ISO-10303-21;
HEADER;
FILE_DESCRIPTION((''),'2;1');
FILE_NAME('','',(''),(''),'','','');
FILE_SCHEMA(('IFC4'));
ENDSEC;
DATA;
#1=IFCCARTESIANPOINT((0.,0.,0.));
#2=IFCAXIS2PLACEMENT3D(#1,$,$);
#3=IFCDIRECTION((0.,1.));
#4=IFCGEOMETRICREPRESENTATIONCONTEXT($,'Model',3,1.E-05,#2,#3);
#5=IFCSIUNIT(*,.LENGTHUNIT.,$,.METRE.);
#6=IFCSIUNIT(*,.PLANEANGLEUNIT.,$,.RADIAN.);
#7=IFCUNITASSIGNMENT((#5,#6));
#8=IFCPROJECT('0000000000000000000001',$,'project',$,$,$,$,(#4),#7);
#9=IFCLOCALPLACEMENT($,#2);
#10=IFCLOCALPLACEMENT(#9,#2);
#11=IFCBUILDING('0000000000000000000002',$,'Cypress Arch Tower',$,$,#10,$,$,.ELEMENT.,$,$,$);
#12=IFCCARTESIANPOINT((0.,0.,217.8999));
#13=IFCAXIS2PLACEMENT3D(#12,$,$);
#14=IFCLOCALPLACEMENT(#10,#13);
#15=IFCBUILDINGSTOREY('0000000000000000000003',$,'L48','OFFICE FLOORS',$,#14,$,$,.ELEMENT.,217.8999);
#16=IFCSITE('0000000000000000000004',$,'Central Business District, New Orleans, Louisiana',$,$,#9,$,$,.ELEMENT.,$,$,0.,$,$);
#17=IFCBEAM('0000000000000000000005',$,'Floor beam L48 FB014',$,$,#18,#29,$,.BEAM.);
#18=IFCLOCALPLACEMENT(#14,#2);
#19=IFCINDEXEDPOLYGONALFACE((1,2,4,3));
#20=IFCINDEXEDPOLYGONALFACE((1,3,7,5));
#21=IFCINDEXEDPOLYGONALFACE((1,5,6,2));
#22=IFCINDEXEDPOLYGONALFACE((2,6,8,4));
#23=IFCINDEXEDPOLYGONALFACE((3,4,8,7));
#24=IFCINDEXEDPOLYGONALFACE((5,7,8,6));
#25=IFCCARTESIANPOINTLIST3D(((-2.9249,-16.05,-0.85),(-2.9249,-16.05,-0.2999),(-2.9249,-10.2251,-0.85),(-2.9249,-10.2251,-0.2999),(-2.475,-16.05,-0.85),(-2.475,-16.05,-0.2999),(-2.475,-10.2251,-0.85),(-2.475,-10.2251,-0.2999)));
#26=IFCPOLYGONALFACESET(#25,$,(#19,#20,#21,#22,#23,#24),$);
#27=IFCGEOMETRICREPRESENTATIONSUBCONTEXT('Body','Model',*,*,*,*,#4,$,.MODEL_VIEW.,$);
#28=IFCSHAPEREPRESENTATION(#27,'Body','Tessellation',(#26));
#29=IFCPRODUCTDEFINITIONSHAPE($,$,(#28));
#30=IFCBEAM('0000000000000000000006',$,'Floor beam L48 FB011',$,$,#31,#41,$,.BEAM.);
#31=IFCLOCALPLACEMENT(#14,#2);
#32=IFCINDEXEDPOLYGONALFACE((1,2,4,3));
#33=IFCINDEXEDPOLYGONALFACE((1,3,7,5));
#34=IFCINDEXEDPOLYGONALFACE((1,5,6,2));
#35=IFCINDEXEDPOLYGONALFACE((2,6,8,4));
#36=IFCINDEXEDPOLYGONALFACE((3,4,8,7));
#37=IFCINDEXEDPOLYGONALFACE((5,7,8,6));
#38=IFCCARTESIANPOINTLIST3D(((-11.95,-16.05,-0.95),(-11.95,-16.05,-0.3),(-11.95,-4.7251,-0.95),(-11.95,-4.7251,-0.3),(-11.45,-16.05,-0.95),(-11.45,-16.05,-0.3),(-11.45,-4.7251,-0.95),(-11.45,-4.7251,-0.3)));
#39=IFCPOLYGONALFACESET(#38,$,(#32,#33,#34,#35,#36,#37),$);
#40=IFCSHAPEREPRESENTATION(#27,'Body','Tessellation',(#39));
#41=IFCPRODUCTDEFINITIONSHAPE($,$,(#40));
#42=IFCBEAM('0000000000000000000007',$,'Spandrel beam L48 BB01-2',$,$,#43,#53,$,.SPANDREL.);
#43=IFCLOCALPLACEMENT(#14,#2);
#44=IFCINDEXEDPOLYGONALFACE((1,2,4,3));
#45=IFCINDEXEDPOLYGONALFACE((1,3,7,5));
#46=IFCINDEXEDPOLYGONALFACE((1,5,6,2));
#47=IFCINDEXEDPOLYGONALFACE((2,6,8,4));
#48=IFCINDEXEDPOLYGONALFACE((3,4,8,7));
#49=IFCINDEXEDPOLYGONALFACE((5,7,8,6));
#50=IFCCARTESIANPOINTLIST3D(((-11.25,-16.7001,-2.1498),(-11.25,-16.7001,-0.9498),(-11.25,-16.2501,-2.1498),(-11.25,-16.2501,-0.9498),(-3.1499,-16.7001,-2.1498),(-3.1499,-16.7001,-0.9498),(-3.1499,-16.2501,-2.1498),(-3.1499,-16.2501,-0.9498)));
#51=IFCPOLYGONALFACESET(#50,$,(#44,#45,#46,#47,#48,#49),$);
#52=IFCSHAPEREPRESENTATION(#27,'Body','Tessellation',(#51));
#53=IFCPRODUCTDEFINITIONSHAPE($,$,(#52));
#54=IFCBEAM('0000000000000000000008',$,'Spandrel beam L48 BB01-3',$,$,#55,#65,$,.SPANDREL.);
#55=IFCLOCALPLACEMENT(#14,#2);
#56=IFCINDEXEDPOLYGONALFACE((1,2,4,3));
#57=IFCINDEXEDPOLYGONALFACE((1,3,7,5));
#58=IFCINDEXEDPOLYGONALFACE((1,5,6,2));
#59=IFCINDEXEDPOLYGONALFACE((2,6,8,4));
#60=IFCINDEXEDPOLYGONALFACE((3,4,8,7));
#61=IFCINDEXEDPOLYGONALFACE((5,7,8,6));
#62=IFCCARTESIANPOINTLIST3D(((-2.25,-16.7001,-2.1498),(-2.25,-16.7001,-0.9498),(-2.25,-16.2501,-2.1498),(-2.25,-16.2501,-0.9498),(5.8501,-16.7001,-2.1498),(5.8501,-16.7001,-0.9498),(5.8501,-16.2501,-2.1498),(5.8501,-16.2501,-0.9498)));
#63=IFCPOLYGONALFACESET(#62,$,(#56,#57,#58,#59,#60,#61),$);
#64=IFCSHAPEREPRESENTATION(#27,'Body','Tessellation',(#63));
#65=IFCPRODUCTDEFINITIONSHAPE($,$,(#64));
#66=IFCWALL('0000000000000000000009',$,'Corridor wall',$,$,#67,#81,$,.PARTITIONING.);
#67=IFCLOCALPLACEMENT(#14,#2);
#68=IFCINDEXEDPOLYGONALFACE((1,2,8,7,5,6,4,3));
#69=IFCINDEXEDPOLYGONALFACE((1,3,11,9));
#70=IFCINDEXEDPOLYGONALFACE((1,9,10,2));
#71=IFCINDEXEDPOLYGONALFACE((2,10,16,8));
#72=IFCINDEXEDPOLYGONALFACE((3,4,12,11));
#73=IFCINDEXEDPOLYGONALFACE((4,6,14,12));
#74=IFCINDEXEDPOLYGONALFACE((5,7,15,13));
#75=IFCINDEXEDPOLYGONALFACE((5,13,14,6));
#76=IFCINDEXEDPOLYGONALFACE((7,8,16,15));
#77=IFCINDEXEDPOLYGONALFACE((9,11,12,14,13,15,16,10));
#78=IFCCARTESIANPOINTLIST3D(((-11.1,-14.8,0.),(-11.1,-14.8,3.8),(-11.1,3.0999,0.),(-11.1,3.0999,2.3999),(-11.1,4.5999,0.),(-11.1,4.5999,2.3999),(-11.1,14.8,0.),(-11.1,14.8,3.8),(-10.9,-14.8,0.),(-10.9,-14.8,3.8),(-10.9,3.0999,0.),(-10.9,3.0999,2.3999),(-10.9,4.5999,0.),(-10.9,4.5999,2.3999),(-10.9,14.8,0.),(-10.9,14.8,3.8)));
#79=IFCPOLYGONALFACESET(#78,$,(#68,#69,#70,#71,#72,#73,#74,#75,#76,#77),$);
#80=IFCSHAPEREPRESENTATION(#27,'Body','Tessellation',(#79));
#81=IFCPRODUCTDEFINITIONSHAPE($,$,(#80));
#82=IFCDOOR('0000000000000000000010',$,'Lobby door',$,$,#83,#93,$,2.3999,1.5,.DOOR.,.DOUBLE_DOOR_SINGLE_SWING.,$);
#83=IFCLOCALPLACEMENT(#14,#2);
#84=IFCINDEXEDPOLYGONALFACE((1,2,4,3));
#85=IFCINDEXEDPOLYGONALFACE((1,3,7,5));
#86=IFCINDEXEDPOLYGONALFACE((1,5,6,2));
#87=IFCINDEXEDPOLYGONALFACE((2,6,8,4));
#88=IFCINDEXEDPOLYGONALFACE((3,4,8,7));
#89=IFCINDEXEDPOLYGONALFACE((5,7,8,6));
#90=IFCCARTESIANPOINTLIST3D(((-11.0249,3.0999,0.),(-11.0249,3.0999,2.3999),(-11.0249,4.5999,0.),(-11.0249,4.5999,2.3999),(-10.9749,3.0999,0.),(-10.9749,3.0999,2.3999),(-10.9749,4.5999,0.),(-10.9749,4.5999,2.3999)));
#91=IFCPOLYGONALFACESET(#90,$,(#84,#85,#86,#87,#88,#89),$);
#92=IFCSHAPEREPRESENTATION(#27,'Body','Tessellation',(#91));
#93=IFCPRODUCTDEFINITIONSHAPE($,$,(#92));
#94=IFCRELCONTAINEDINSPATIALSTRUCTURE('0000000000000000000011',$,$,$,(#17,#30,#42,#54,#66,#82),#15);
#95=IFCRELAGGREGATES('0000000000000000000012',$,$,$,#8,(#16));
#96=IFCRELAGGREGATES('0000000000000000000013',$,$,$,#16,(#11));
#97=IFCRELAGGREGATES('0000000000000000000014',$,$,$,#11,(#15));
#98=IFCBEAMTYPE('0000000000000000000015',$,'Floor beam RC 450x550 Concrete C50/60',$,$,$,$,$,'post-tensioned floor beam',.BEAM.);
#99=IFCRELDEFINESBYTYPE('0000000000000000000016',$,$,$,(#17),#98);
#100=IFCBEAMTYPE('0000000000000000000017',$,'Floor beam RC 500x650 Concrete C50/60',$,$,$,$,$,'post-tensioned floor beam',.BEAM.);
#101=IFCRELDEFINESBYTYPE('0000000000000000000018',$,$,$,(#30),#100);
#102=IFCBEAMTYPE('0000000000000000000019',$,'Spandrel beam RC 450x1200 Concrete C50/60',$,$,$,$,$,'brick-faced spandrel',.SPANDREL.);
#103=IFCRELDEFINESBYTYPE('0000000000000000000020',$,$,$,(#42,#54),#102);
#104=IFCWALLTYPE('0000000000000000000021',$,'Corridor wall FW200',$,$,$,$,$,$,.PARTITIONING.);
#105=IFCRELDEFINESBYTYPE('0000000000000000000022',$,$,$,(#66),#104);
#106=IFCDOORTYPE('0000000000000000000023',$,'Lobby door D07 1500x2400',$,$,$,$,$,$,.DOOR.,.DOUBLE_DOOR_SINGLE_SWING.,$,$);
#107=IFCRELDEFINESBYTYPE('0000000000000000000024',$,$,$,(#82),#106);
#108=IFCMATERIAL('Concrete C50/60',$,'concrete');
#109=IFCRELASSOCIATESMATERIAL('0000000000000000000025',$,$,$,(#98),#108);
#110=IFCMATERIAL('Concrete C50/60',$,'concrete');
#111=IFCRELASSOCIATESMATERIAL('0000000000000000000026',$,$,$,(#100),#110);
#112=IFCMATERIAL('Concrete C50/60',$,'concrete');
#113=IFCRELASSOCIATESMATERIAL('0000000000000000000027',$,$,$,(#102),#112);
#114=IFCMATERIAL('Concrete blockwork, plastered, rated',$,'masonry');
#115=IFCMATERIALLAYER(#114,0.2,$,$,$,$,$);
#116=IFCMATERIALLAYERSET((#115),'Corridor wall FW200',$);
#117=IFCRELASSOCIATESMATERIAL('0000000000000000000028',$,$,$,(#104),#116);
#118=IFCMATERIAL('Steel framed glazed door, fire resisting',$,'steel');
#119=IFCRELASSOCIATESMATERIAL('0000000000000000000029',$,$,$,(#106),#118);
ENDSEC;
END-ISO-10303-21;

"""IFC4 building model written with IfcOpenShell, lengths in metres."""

from ifc_helpers import new_model, si_unit, direction, frame, frame_2d, origin, origin_2d, place, context, subcontext, project, spatial, rectangle, extrude, material, layer, layer_set, material_profile, profile_set, type_object, element, fill, save


model = new_model("IFC4")

# Units and contexts
model_context = context("Model", 3, precision=1e-05, world=origin(), true_north=direction((0.0, 1.0)))
body_context = subcontext(model_context, "Body", "Model", "MODEL_VIEW")
ifc_project = project(units=[si_unit("LENGTHUNIT", "METRE"), si_unit("PLANEANGLEUNIT", "RADIAN")], contexts=[model_context])

# Site, building, storey
site_placement = place(None, origin())
site = spatial("IfcSite", under=ifc_project, at=site_placement, Name="Central Business District, New Orleans, Louisiana", CompositionType="ELEMENT", RefElevation=0.0)
building_placement = place(site_placement, origin())
building = spatial("IfcBuilding", under=site, at=building_placement, Name="Cypress Arch Tower", CompositionType="ELEMENT")
storey_placement = place(building_placement, frame((0.0, 0.0, 217.8999)))
storey = spatial("IfcBuildingStorey", under=building, at=storey_placement, Name="L48", Description="OFFICE FLOORS", CompositionType="ELEMENT", Elevation=217.8999)

# Beams
ifc_material_1 = material(Name="Concrete C50/60", Category="concrete")
ifc_material_profile_1 = material_profile(ifc_material_1, rectangle(XDim=0.45, YDim=0.55, at=origin_2d()), Name="RC 450x550")
ifc_profile_set_1 = profile_set([ifc_material_profile_1], Name="Concrete C50/60")
beam_type_1 = type_object("IfcBeamType", Name="Floor beam RC 450x550 Concrete C50/60", ElementType="post-tensioned floor beam", PredefinedType="BEAM", material=ifc_profile_set_1)
beam_1_placement = place(storey_placement, frame((-2.7, -16.05, -0.575), z_axis=(0.0, 1.0, 0.0), x_axis=(-1.0, 0.0, 0.0)))
element("IfcBeam", 1, at=beam_1_placement, inside=storey, type_object=beam_type_1, Name="Floor beam L48 FB014", PredefinedType="BEAM", context=body_context, shape_type="SweptSolid", body=[
    extrude(rectangle(XDim=0.45, YDim=0.55, at=origin_2d()), origin(), (0.0, 0.0, 1.0), 5.825),
])
ifc_material_2 = material(Name="Concrete C50/60", Category="concrete")
ifc_material_profile_2 = material_profile(ifc_material_2, rectangle(XDim=0.5, YDim=0.6499, at=origin_2d()), Name="RC 500x650")
ifc_profile_set_2 = profile_set([ifc_material_profile_2], Name="Concrete C50/60")
beam_type_2 = type_object("IfcBeamType", Name="Floor beam RC 500x650 Concrete C50/60", ElementType="post-tensioned floor beam", PredefinedType="BEAM", material=ifc_profile_set_2)
beam_2_placement = place(storey_placement, frame((-11.7, -16.05, -0.625), z_axis=(0.0, 1.0, 0.0), x_axis=(-1.0, 0.0, 0.0)))
element("IfcBeam", 2, at=beam_2_placement, inside=storey, type_object=beam_type_2, Name="Floor beam L48 FB011", PredefinedType="BEAM", context=body_context, shape_type="SweptSolid", body=[
    extrude(rectangle(XDim=0.5, YDim=0.6499, at=origin_2d()), origin(), (0.0, 0.0, 1.0), 11.325),
])
ifc_material_3 = material(Name="Concrete C50/60", Category="concrete")
ifc_material_profile_3 = material_profile(ifc_material_3, rectangle(XDim=0.45, YDim=1.2, at=origin_2d()), Name="RC 450x1200")
ifc_profile_set_3 = profile_set([ifc_material_profile_3], Name="Concrete C50/60")
beam_type_3 = type_object("IfcBeamType", Name="Spandrel beam RC 450x1200 Concrete C50/60", ElementType="brick-faced spandrel", PredefinedType="SPANDREL", material=ifc_profile_set_3)
for number, where, z_axis, x_axis, name in (
    (3, (-11.25, -16.4751, -1.5498), (1.0, 0.0, 0.0), (0.0, 1.0, 0.0), "Spandrel beam L48 BB01-2"),
    (4, (-2.25, -16.4751, -1.5498), (1.0, 0.0, 0.0), (0.0, 1.0, 0.0), "Spandrel beam L48 BB01-3"),
):
    element("IfcBeam", number, at=place(storey_placement, frame(where, z_axis=z_axis, x_axis=x_axis)), inside=storey, type_object=beam_type_3, Name=name, PredefinedType="SPANDREL", context=body_context, shape_type="SweptSolid", body=[
        extrude(rectangle(XDim=0.45, YDim=1.2, at=origin_2d()), origin(), (0.0, 0.0, 1.0), 8.1001),
    ])

# Shared definitions
ifc_material_4 = material(Name="Concrete blockwork, plastered, rated", Category="masonry")
ifc_layer_1 = layer(ifc_material_4, 0.2)
ifc_layer_set_1 = layer_set([ifc_layer_1], Name="Corridor wall FW200")
wall_type_1 = type_object("IfcWallType", Name="Corridor wall FW200", PredefinedType="PARTITIONING", material=ifc_layer_set_1)

# Wall, opening, door
wall_1_placement = place(storey_placement, frame((-11.0, -14.8, 0.0), z_axis=(0.0, 0.0, 1.0), x_axis=(0.0, 1.0, 0.0)))
wall_1 = element("IfcWall", 5, at=wall_1_placement, inside=storey, type_object=wall_type_1, Name="Corridor wall", PredefinedType="PARTITIONING", context=body_context, shape_type="SweptSolid", body=[
    extrude(rectangle(XDim=29.6001, YDim=0.2, at=frame_2d((14.8, 0.0))), origin(), (0.0, 0.0, 1.0), 3.8),
])
opening_1_placement = place(wall_1_placement, frame((17.8999, 0.0, 0.0)))
opening_1 = element("IfcOpeningElement", 6, at=opening_1_placement, cuts=wall_1, PredefinedType="OPENING", context=body_context, shape_type="SweptSolid", body=[
    extrude(rectangle(XDim=1.5, YDim=2.3999, at=frame_2d((0.75, 1.2))), frame((0.0, 0.1099, 0.0), z_axis=(0.0, -1.0, 0.0), x_axis=(1.0, 0.0, 0.0)), (0.0, 0.0, 1.0), 0.22),
])
ifc_material_5 = material(Name="Steel framed glazed door, fire resisting", Category="steel")
door_type_1 = type_object("IfcDoorType", Name="Lobby door D07 1500x2400", OperationType="DOUBLE_DOOR_SINGLE_SWING", PredefinedType="DOOR", material=ifc_material_5)
door_1_placement = place(opening_1_placement, origin())
door_1 = element("IfcDoor", 7, at=door_1_placement, inside=storey, type_object=door_type_1, Name="Lobby door", OperationType="DOUBLE_DOOR_SINGLE_SWING", OverallHeight=2.3999, OverallWidth=1.5, PredefinedType="DOOR", context=body_context, shape_type="SweptSolid", body=[
    extrude(rectangle(XDim=1.5, YDim=2.3999, at=frame_2d((0.75, 1.2))), frame((0.0, 0.0249, 0.0), z_axis=(0.0, -1.0, 0.0), x_axis=(1.0, 0.0, 0.0)), (0.0, 0.0, 1.0), 0.05),
])
fill(opening_1, door_1)

save(model, "model.ifc")
